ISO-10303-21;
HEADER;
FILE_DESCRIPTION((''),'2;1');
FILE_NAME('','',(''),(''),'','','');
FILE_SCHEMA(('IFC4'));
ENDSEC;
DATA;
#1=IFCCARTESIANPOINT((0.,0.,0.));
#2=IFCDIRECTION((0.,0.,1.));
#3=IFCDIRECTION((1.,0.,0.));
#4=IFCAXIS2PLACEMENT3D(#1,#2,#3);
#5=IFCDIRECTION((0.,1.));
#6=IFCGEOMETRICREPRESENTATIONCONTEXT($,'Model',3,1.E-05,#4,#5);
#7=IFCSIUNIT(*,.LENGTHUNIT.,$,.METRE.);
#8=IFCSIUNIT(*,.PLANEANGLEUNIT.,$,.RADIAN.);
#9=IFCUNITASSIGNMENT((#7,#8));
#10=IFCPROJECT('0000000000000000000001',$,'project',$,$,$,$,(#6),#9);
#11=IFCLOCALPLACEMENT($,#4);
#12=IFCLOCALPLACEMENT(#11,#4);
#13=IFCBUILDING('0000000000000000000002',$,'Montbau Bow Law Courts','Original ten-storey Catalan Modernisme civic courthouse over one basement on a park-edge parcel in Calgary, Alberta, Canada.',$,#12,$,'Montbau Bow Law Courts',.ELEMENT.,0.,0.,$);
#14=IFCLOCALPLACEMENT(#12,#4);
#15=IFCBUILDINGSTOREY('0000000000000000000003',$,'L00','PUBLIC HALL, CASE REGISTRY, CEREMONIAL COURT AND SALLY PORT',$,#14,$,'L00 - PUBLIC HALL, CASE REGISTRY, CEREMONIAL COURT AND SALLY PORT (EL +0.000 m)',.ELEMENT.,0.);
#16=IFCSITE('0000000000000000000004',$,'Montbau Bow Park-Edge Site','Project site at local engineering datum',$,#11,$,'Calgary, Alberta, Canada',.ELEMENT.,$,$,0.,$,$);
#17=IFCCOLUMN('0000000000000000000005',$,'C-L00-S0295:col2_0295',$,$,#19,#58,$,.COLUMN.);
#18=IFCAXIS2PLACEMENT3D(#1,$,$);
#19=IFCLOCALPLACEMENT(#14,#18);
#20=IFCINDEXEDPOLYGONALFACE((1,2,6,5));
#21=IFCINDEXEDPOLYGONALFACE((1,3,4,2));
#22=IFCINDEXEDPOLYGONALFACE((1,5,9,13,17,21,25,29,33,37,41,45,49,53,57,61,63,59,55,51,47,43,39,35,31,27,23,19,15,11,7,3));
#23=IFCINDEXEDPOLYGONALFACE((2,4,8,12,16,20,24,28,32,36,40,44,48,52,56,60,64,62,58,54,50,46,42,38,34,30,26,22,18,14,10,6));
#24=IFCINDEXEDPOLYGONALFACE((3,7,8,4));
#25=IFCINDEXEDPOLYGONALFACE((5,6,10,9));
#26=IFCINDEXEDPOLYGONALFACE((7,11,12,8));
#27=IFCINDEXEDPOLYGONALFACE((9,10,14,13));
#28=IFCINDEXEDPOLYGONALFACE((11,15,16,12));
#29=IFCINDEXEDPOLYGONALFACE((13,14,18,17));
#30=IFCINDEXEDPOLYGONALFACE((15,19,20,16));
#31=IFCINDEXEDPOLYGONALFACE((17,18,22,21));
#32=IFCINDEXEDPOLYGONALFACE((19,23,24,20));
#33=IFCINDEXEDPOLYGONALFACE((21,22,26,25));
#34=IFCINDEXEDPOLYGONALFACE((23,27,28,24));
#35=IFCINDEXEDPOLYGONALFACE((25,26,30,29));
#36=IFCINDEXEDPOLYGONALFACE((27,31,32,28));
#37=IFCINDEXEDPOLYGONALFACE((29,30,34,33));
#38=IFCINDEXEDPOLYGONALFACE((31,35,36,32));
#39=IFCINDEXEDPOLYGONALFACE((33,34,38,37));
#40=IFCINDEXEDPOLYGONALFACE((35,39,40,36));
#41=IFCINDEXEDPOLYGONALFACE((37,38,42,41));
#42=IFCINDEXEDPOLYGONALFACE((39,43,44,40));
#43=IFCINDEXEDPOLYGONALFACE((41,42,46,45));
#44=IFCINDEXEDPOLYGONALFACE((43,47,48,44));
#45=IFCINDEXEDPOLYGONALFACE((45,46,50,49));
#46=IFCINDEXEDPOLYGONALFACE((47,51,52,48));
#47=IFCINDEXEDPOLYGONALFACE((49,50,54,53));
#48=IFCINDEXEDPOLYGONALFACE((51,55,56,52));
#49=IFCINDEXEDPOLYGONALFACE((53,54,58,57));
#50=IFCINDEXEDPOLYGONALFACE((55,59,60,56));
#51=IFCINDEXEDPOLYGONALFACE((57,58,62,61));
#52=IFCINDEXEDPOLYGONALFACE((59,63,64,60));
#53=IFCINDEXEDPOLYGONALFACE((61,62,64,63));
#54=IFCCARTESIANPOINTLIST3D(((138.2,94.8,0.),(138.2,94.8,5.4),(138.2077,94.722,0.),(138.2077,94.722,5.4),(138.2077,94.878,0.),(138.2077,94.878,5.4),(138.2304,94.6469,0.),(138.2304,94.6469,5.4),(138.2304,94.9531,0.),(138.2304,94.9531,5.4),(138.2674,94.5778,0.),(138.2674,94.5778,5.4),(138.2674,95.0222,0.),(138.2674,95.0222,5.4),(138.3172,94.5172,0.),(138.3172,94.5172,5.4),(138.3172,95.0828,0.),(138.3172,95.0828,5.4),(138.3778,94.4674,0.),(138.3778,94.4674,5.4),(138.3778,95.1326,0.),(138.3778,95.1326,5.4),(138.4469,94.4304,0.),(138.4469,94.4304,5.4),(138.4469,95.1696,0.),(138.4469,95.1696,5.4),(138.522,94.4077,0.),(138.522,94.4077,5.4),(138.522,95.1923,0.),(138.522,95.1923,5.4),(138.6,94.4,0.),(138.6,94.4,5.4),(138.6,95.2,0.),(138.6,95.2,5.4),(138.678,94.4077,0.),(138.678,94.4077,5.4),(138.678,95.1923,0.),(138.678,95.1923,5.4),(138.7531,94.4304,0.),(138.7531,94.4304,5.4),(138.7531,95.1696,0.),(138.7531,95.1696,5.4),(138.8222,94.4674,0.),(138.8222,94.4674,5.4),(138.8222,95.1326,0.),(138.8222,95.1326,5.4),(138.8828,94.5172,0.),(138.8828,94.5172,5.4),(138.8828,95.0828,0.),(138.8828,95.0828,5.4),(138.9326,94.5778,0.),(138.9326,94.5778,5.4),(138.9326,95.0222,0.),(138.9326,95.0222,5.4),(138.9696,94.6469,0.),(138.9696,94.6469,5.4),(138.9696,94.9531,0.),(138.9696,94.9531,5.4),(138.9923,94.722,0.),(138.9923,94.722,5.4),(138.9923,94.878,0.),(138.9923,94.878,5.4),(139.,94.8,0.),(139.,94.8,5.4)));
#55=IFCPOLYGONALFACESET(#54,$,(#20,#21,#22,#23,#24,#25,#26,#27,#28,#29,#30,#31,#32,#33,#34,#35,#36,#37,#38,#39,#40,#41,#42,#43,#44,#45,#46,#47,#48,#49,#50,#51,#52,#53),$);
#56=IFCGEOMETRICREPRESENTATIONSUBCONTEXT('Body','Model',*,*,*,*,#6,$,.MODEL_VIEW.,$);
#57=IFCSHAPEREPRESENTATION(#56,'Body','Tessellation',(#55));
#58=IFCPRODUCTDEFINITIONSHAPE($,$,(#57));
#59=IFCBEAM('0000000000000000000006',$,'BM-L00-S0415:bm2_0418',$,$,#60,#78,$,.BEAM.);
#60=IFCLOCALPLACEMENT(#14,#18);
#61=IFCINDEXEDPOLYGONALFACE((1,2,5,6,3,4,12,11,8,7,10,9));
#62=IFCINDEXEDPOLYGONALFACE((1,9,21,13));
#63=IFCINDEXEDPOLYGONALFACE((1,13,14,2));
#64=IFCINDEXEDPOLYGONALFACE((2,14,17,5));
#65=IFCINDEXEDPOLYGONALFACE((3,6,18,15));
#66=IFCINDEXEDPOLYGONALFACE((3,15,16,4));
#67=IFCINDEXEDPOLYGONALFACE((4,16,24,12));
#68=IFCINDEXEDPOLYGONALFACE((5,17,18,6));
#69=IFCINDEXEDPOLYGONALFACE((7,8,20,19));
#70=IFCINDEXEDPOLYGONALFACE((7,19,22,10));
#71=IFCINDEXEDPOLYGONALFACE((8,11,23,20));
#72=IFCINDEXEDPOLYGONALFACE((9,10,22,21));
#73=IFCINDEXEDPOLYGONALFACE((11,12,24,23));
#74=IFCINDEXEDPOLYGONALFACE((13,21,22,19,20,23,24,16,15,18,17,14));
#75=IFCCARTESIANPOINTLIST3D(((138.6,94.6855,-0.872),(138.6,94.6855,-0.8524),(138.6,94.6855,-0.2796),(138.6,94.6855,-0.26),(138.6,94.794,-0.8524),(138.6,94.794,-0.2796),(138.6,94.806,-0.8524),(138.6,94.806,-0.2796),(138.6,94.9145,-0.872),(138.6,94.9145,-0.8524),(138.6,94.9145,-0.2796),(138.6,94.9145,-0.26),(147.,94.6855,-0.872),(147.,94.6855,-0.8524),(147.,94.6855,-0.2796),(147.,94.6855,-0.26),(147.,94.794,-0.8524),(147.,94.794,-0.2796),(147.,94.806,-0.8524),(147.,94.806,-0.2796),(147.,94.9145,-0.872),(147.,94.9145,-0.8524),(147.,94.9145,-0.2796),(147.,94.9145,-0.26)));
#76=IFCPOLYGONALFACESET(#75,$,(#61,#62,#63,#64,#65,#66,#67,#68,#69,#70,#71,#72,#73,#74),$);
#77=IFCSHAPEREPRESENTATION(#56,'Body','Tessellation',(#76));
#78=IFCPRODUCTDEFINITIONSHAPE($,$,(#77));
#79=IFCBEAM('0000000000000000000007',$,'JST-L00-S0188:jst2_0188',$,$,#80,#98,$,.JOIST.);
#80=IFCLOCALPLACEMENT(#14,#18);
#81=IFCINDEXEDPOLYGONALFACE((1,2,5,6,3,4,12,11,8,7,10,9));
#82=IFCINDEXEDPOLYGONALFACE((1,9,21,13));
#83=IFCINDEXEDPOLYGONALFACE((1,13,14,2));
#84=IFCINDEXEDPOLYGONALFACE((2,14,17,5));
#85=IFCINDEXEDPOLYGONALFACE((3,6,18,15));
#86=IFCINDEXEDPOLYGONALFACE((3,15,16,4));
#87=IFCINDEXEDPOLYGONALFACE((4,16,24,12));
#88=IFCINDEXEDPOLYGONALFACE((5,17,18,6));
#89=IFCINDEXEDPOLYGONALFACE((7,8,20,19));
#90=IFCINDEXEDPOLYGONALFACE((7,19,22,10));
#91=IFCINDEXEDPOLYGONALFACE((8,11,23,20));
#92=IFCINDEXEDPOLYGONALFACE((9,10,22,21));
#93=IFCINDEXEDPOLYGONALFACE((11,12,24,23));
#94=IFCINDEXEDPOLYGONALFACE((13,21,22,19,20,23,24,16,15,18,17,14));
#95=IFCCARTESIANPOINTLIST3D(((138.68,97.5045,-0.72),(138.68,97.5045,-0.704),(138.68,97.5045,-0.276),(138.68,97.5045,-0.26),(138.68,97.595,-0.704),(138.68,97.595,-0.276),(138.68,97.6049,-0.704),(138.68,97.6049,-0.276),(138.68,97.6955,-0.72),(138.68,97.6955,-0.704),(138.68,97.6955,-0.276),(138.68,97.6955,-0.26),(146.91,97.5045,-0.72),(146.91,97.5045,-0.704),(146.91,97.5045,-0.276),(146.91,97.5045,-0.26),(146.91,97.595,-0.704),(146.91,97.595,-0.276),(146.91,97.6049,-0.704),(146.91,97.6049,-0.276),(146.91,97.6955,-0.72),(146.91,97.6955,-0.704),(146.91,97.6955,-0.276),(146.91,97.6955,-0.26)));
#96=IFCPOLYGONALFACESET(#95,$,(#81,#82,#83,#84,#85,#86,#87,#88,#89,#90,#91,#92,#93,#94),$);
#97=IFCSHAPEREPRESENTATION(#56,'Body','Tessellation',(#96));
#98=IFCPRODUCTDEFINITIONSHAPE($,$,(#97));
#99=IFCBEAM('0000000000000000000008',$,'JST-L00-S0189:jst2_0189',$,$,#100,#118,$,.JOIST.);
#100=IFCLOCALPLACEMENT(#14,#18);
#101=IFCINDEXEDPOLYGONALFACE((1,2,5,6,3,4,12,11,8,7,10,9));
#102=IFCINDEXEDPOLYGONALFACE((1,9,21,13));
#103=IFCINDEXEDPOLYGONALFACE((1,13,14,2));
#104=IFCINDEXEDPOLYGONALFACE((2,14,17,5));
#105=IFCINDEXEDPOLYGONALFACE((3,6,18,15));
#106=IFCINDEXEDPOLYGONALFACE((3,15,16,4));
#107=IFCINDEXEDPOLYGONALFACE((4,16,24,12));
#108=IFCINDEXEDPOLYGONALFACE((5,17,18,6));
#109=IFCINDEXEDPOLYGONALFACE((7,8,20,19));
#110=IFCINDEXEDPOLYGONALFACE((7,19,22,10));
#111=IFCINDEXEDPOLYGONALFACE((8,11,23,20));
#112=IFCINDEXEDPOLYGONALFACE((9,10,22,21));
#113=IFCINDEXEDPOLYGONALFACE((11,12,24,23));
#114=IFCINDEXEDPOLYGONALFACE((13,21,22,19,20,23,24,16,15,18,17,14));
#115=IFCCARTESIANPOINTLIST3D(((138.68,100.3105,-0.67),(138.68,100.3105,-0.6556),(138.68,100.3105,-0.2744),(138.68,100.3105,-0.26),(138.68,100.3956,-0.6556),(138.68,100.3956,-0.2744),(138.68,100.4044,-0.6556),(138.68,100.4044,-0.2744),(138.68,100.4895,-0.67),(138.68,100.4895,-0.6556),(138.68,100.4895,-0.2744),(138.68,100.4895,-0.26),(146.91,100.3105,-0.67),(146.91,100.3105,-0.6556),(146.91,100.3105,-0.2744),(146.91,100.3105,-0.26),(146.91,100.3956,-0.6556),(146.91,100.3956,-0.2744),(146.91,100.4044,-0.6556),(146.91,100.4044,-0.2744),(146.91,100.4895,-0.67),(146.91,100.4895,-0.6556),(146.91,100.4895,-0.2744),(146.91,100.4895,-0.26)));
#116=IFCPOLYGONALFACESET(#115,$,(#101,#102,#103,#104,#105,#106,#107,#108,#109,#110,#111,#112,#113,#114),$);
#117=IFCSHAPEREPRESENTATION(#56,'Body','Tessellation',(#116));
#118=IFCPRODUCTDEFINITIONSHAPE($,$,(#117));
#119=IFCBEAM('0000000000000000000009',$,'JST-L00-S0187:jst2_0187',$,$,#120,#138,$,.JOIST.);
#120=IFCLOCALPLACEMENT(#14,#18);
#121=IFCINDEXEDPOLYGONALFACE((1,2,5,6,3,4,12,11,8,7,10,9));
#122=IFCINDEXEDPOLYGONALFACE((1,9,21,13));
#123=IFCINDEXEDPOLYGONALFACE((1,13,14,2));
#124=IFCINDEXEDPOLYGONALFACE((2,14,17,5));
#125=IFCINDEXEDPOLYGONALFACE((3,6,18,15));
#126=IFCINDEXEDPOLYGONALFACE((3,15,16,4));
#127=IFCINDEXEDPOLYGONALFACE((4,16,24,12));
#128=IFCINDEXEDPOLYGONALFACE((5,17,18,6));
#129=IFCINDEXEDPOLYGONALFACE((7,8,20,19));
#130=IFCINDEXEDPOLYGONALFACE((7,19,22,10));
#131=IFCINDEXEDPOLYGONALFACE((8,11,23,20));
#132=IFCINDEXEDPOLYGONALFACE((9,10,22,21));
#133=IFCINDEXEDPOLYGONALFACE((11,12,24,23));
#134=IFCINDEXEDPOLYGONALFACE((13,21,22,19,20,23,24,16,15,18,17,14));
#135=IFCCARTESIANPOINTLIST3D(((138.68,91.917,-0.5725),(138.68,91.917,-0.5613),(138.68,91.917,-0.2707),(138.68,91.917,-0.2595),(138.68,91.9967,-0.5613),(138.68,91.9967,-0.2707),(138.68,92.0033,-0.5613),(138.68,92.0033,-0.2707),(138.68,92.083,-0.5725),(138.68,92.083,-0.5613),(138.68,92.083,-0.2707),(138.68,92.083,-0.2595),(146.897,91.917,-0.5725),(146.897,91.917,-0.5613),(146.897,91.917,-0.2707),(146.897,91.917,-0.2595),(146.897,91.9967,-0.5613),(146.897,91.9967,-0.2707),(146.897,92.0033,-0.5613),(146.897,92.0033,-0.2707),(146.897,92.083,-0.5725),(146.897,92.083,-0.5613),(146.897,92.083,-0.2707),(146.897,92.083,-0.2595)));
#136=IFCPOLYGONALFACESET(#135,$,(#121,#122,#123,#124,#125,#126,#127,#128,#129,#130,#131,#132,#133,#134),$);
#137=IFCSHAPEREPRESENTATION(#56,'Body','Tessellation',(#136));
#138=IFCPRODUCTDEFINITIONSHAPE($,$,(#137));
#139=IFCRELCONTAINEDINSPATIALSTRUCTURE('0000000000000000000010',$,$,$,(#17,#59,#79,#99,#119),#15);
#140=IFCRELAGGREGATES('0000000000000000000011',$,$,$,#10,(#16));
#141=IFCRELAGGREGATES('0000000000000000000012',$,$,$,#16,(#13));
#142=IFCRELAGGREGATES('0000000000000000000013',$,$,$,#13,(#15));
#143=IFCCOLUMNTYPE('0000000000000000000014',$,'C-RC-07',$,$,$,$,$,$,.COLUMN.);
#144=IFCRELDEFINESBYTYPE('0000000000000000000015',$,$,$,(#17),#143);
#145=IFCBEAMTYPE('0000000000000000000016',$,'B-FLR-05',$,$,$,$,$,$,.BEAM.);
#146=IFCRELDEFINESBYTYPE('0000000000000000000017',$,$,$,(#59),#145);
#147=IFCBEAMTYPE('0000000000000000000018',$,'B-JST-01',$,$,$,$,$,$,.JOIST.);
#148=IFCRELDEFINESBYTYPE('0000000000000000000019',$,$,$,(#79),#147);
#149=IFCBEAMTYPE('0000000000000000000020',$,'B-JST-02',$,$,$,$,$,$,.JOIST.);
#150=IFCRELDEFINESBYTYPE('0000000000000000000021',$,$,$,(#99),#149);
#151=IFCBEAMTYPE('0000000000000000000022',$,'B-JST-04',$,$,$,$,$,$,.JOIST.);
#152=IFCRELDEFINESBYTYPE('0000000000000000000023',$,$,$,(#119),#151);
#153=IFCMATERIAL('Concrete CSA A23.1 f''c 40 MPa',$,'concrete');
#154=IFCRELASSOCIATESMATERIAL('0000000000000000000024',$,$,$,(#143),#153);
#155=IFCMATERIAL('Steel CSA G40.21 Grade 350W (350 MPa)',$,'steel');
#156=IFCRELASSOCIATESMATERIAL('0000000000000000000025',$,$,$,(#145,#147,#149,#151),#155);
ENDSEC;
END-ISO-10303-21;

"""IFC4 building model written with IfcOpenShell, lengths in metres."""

from ifc_helpers import new_model, si_unit, direction, frame, origin_with_axes, origin_2d_with_axis, place, context, subcontext, project, spatial, circle, i_section, extrude, material, material_profile, profile_set, type_object, element, save


model = new_model("IFC4")

# Units and contexts
model_context = context("Model", 3, precision=1e-05, world=origin_with_axes(), true_north=direction((0.0, 1.0)))
body_context = subcontext(model_context, "Body", "Model", "MODEL_VIEW")
ifc_project = project(units=[si_unit("LENGTHUNIT", "METRE"), si_unit("PLANEANGLEUNIT", "RADIAN")], contexts=[model_context])

# Site, building, storey
site_placement = place(None, origin_with_axes())
site = spatial("IfcSite", under=ifc_project, at=site_placement, Name="Montbau Bow Park-Edge Site", Description="Project site at local engineering datum", LongName="Calgary, Alberta, Canada", CompositionType="ELEMENT", RefElevation=0.0)
building_placement = place(site_placement, origin_with_axes())
building = spatial("IfcBuilding", under=site, at=building_placement, Name="Montbau Bow Law Courts", Description="Original ten-storey Catalan Modernisme civic courthouse over one basement on a park-edge parcel in Calgary, Alberta, Canada.", LongName="Montbau Bow Law Courts", CompositionType="ELEMENT", ElevationOfRefHeight=0.0, ElevationOfTerrain=0.0)
storey_placement = place(building_placement, origin_with_axes())
storey = spatial("IfcBuildingStorey", under=building, at=storey_placement, Name="L00", Description="PUBLIC HALL, CASE REGISTRY, CEREMONIAL COURT AND SALLY PORT", LongName="L00 - PUBLIC HALL, CASE REGISTRY, CEREMONIAL COURT AND SALLY PORT (EL +0.000 m)", CompositionType="ELEMENT", Elevation=0.0)

# Column
ifc_material_1 = material(Name="Concrete CSA A23.1 f'c 40 MPa", Category="concrete")
ifc_material_profile_1 = material_profile(ifc_material_1, circle(Radius=0.4, at=origin_2d_with_axis()), Name="RC800D", Category="Main", Priority=0)
ifc_profile_set_1 = profile_set([ifc_material_profile_1], Name="Concrete CSA A23.1 f'c 40 MPa")
column_type = type_object("IfcColumnType", Name="C-RC-07", PredefinedType="COLUMN", material=ifc_profile_set_1)
column_placement = place(None, frame((138.6, 94.8, 0.0), z_axis=(0.0, 0.0, 1.0), x_axis=(1.0, 0.0, 0.0)))
element("IfcColumn", 1, at=column_placement, inside=storey, type_object=column_type, Name="C-L00-S0295:col2_0295", PredefinedType="COLUMN", context=body_context, shape_type="SweptSolid", body=[
    extrude(circle(Radius=0.4, at=origin_2d_with_axis()), origin_with_axes(), (0.0, 0.0, 1.0), 5.4),
])

# Beams
ifc_material_2 = material(Name="Steel CSA G40.21 Grade 350W (350 MPa)", Category="steel")
ifc_material_profile_2 = material_profile(ifc_material_2, i_section(OverallWidth=0.229, OverallDepth=0.612, WebThickness=0.0119, FlangeThickness=0.0196, at=origin_2d_with_axis()), Name="W610X125", Category="Main", Priority=0)
ifc_profile_set_2 = profile_set([ifc_material_profile_2], Name="Steel CSA G40.21 Grade 350W (350 MPa)")
beam_type_1 = type_object("IfcBeamType", Name="B-FLR-05", PredefinedType="BEAM", material=ifc_profile_set_2)
beam_1_placement = place(None, frame((138.6, 94.8, -0.566), z_axis=(1.0, 0.0, 0.0), x_axis=(0.0, 1.0, 0.0)))
element("IfcBeam", 2, at=beam_1_placement, inside=storey, type_object=beam_type_1, Name="BM-L00-S0415:bm2_0418", PredefinedType="BEAM", context=body_context, shape_type="SweptSolid", body=[
    extrude(i_section(OverallWidth=0.229, OverallDepth=0.612, WebThickness=0.0119, FlangeThickness=0.0196, at=origin_2d_with_axis()), origin_with_axes(), (0.0, 0.0, 1.0), 8.4),
])
ifc_material_profile_3 = material_profile(ifc_material_2, i_section(OverallWidth=0.191, OverallDepth=0.46, WebThickness=0.0099, FlangeThickness=0.016, at=origin_2d_with_axis()), Name="W460X82", Category="Main", Priority=0)
ifc_profile_set_3 = profile_set([ifc_material_profile_3], Name="Steel CSA G40.21 Grade 350W (350 MPa)")
beam_type_2 = type_object("IfcBeamType", Name="B-JST-01", PredefinedType="JOIST", material=ifc_profile_set_3)
beam_2_placement = place(None, frame((138.68, 97.6, -0.49), z_axis=(1.0, 0.0, 0.0), x_axis=(0.0, 1.0, 0.0)))
element("IfcBeam", 3, at=beam_2_placement, inside=storey, type_object=beam_type_2, Name="JST-L00-S0188:jst2_0188", PredefinedType="JOIST", context=body_context, shape_type="SweptSolid", body=[
    extrude(i_section(OverallWidth=0.191, OverallDepth=0.46, WebThickness=0.0099, FlangeThickness=0.016, at=origin_2d_with_axis()), origin_with_axes(), (0.0, 0.0, 1.0), 8.23),
])
ifc_material_profile_4 = material_profile(ifc_material_2, i_section(OverallWidth=0.179, OverallDepth=0.41, WebThickness=0.0088, FlangeThickness=0.0144, at=origin_2d_with_axis()), Name="W410X67", Category="Main", Priority=0)
ifc_profile_set_4 = profile_set([ifc_material_profile_4], Name="Steel CSA G40.21 Grade 350W (350 MPa)")
beam_type_3 = type_object("IfcBeamType", Name="B-JST-02", PredefinedType="JOIST", material=ifc_profile_set_4)
beam_3_placement = place(None, frame((138.68, 100.4, -0.465), z_axis=(1.0, 0.0, 0.0), x_axis=(0.0, 1.0, 0.0)))
element("IfcBeam", 4, at=beam_3_placement, inside=storey, type_object=beam_type_3, Name="JST-L00-S0189:jst2_0189", PredefinedType="JOIST", context=body_context, shape_type="SweptSolid", body=[
    extrude(i_section(OverallWidth=0.179, OverallDepth=0.41, WebThickness=0.0088, FlangeThickness=0.0144, at=origin_2d_with_axis()), origin_with_axes(), (0.0, 0.0, 1.0), 8.23),
])
ifc_material_profile_5 = material_profile(ifc_material_2, i_section(OverallWidth=0.166, OverallDepth=0.313, WebThickness=0.0066, FlangeThickness=0.0112, at=origin_2d_with_axis()), Name="W310X45", Category="Main", Priority=0)
ifc_profile_set_5 = profile_set([ifc_material_profile_5], Name="Steel CSA G40.21 Grade 350W (350 MPa)")
beam_type_4 = type_object("IfcBeamType", Name="B-JST-04", PredefinedType="JOIST", material=ifc_profile_set_5)
beam_4_placement = place(None, frame((138.68, 92.0, -0.416), z_axis=(1.0, 0.0, 0.0), x_axis=(0.0, 1.0, 0.0)))
element("IfcBeam", 5, at=beam_4_placement, inside=storey, type_object=beam_type_4, Name="JST-L00-S0187:jst2_0187", PredefinedType="JOIST", context=body_context, shape_type="SweptSolid", body=[
    extrude(i_section(OverallWidth=0.166, OverallDepth=0.313, WebThickness=0.0066, FlangeThickness=0.0112, at=origin_2d_with_axis()), origin_with_axes(), (0.0, 0.0, 1.0), 8.217),
])

save(model, "model.ifc")
